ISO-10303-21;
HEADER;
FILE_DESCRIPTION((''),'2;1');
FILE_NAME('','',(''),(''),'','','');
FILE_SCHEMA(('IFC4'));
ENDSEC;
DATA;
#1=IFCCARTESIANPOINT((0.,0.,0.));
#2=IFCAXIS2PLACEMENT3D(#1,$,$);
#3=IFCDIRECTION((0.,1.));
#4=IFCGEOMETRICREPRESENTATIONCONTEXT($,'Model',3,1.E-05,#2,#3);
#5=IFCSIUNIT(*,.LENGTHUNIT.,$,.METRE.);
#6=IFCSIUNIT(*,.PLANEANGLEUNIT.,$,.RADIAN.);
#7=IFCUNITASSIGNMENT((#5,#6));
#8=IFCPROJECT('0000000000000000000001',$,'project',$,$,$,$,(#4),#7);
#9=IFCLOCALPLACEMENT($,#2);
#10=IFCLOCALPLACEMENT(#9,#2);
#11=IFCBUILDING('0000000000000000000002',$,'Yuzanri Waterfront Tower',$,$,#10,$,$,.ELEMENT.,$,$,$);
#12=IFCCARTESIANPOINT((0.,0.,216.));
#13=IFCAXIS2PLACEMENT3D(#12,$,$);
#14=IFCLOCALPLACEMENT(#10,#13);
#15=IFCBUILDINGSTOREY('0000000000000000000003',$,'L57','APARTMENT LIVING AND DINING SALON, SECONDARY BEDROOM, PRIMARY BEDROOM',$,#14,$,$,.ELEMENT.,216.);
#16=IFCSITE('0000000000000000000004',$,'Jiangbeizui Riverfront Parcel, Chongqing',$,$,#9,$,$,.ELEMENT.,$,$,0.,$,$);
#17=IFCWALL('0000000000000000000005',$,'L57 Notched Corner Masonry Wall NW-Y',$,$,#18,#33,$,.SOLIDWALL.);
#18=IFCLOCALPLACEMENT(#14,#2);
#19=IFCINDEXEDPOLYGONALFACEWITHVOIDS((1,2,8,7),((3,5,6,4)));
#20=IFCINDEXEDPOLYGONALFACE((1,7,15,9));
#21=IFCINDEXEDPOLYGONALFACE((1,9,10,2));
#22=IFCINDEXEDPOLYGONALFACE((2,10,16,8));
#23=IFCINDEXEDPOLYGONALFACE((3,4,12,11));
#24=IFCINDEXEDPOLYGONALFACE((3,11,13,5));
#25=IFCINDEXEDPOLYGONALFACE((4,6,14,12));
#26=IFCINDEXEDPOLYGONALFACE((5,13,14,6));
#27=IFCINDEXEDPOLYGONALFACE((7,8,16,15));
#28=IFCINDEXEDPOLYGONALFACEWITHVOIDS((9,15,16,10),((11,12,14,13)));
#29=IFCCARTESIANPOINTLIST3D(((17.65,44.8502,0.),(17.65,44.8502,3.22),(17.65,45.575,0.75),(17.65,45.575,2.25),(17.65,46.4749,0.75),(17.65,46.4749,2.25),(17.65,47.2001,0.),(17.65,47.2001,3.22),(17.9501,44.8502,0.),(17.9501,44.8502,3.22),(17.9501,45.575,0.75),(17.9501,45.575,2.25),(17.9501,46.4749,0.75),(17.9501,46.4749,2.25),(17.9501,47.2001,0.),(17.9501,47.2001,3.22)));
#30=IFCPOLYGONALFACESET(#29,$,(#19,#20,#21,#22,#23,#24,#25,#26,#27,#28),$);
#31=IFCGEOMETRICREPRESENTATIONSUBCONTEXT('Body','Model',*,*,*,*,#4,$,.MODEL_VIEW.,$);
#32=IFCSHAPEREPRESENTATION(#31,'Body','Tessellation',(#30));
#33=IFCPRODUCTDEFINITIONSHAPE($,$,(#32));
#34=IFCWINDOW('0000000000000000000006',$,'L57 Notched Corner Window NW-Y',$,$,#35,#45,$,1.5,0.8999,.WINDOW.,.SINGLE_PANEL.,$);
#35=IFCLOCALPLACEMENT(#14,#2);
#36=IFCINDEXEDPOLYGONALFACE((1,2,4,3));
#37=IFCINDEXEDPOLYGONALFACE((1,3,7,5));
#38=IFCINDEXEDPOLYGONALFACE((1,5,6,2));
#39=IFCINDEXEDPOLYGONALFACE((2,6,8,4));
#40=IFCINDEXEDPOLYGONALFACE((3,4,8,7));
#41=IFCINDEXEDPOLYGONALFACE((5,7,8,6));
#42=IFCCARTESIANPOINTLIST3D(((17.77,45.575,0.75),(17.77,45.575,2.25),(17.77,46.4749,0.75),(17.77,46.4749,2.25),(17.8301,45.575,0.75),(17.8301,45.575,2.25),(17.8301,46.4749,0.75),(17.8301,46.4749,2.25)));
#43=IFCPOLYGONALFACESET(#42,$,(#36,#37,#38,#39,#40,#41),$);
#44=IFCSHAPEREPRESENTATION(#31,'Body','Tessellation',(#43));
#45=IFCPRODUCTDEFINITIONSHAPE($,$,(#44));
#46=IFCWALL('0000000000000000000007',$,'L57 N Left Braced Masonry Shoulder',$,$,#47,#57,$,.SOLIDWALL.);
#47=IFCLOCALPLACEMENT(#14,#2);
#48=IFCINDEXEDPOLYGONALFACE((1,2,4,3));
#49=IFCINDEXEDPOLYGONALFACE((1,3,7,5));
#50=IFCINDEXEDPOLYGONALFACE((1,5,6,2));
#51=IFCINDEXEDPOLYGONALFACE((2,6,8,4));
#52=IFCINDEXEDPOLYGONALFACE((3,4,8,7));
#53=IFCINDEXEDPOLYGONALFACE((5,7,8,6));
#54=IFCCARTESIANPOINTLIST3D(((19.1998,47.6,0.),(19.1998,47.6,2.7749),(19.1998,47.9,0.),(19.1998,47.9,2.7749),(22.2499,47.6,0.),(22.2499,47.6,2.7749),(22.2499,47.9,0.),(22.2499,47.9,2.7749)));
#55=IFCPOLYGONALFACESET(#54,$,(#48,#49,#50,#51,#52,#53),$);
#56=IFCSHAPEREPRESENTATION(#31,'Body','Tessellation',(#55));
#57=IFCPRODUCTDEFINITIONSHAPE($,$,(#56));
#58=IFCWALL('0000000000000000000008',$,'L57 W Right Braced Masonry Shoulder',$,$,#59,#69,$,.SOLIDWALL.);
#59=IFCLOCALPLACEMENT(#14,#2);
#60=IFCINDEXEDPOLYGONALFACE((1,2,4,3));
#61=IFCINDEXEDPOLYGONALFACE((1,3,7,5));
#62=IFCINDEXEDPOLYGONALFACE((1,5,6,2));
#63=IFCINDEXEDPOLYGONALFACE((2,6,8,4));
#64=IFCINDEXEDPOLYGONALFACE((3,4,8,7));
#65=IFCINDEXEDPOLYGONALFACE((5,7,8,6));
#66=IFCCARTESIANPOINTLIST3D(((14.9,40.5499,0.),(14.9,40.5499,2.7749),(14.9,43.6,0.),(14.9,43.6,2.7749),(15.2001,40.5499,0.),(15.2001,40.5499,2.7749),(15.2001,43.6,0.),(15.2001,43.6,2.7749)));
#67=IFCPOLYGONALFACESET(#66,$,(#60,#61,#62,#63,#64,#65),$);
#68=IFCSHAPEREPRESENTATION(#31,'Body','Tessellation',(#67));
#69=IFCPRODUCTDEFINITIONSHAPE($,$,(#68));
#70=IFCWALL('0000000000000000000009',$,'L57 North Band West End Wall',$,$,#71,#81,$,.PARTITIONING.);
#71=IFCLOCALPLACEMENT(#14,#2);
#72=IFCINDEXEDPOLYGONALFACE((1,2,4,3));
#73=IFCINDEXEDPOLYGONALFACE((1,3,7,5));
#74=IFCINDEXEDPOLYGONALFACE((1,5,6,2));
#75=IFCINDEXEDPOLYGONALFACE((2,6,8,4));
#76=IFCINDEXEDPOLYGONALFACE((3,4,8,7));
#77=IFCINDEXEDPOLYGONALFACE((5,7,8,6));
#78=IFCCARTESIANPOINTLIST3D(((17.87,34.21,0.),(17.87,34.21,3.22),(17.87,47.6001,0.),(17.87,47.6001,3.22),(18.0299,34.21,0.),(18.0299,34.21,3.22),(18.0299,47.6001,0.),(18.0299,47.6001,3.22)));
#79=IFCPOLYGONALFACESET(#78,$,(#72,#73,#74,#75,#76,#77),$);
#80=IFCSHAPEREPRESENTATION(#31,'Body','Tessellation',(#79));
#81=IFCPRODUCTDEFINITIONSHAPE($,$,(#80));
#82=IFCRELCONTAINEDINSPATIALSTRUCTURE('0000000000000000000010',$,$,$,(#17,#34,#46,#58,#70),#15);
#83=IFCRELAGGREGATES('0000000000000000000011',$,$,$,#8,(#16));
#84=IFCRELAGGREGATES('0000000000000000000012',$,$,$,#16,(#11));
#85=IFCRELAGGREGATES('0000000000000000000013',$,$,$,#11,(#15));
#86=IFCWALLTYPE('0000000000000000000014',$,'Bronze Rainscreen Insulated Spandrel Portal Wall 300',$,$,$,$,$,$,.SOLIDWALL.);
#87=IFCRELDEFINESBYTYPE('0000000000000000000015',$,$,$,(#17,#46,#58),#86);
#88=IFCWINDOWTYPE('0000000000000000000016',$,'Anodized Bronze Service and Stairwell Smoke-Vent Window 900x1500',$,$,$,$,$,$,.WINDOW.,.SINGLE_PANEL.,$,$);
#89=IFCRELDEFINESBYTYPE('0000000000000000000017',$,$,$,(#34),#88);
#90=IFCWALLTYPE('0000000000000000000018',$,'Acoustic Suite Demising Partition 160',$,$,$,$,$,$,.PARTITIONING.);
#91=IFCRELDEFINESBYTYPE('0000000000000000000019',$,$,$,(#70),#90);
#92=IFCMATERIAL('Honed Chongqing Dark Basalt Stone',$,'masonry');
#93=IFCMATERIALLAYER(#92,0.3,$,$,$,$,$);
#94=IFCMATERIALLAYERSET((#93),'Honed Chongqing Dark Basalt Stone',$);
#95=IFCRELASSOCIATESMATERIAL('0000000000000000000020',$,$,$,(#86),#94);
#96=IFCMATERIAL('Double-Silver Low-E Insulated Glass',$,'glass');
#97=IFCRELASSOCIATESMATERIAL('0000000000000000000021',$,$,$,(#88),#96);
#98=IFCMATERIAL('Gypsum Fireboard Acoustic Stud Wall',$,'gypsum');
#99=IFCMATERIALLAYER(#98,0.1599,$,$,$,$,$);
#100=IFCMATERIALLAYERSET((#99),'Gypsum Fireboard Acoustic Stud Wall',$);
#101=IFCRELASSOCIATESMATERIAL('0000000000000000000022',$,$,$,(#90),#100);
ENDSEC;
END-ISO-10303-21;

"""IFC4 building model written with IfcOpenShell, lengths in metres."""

from ifc_helpers import new_model, si_unit, direction, frame, frame_2d, origin, place, context, subcontext, project, spatial, rectangle, extrude, source, transform, mapped, material, layer, layer_set, type_object, element, fill, save


model = new_model("IFC4")

# Units and contexts
model_context = context("Model", 3, precision=1e-05, world=origin(), true_north=direction((0.0, 1.0)))
body_context = subcontext(model_context, "Body", "Model", "MODEL_VIEW")
ifc_project = project(units=[si_unit("LENGTHUNIT", "METRE"), si_unit("PLANEANGLEUNIT", "RADIAN")], contexts=[model_context])

# Site, building, storey
site_placement = place(None, origin())
site = spatial("IfcSite", under=ifc_project, at=site_placement, Name="Jiangbeizui Riverfront Parcel, Chongqing", CompositionType="ELEMENT", RefElevation=0.0)
building_placement = place(site_placement, origin())
building = spatial("IfcBuilding", under=site, at=building_placement, Name="Yuzanri Waterfront Tower", CompositionType="ELEMENT")
storey_placement = place(building_placement, frame((0.0, 0.0, 216.0)))
storey = spatial("IfcBuildingStorey", under=building, at=storey_placement, Name="L57", Description="APARTMENT LIVING AND DINING SALON, SECONDARY BEDROOM, PRIMARY BEDROOM", CompositionType="ELEMENT", Elevation=216.0)

# Wall, opening, window
ifc_material_1 = material(Name="Honed Chongqing Dark Basalt Stone", Category="masonry")
ifc_layer_1 = layer(ifc_material_1, 0.3)
ifc_layer_set_1 = layer_set([ifc_layer_1], Name="Honed Chongqing Dark Basalt Stone")
wall_type_1 = type_object("IfcWallType", Name="Bronze Rainscreen Insulated Spandrel Portal Wall 300", PredefinedType="SOLIDWALL", material=ifc_layer_set_1)
ifc_material_2 = material(Name="Double-Silver Low-E Insulated Glass", Category="glass")
window_type = type_object("IfcWindowType", Name="Anodized Bronze Service and Stairwell Smoke-Vent Window 900x1500", PartitioningType="SINGLE_PANEL", PredefinedType="WINDOW", material=ifc_material_2)
shared_shape_1 = source(origin(), body_context, "Body", "SweptSolid", [
    extrude(rectangle(XDim=0.8999, YDim=1.5, at=frame_2d((0.45, 0.75))), frame((0.0, 0.03, 0.0), z_axis=(0.0, -1.0, 0.0), x_axis=(1.0, 0.0, 0.0)), (0.0, 0.0, 1.0), 0.0601),
])
wall_1_placement = place(storey_placement, frame((17.8, 47.2, 0.0), z_axis=(0.0, 0.0, 1.0), x_axis=(0.0, -1.0, 0.0)))
wall_1 = element("IfcWall", 1, at=wall_1_placement, inside=storey, type_object=wall_type_1, Name="L57 Notched Corner Masonry Wall NW-Y", PredefinedType="SOLIDWALL", context=body_context, shape_type="SweptSolid", body=[
    extrude(rectangle(XDim=2.3499, YDim=0.3, at=frame_2d((1.1748, 0.0))), origin(), (0.0, 0.0, 1.0), 3.22),
])
opening_1_placement = place(wall_1_placement, frame((0.7251, 0.0, 0.75)))
opening_1 = element("IfcOpeningElement", 2, at=opening_1_placement, cuts=wall_1, PredefinedType="OPENING", context=body_context, shape_type="SweptSolid", body=[
    extrude(rectangle(XDim=0.8999, YDim=1.5, at=frame_2d((0.45, 0.75))), frame((0.0, 0.165, 0.0), z_axis=(0.0, -1.0, 0.0), x_axis=(1.0, 0.0, 0.0)), (0.0, 0.0, 1.0), 0.3298),
])
window_1_placement = place(opening_1_placement, origin())
window_1 = element("IfcWindow", 3, at=window_1_placement, inside=storey, type_object=window_type, Name="L57 Notched Corner Window NW-Y", OverallHeight=1.5, OverallWidth=0.8999, PartitioningType="SINGLE_PANEL", PredefinedType="WINDOW", context=body_context, shape_type="MappedRepresentation", body=[
    mapped(shared_shape_1, transform((0.0, 0.0, 0.0), scale=1.0)),
])
fill(opening_1, window_1)

# Walls
shared_shape_2 = source(origin(), body_context, "Body", "SweptSolid", [
    extrude(rectangle(XDim=3.05, YDim=0.3, at=frame_2d((1.5249, 0.0))), origin(), (0.0, 0.0, 1.0), 2.7749),
])
for number, where, z_axis, x_axis, name in (
    (4, (19.2, 47.75, 0.0), (0.0, 0.0, 1.0), (1.0, 0.0, 0.0), "L57 N Left Braced Masonry Shoulder"),
    (5, (15.05, 40.55, 0.0), (0.0, 0.0, 1.0), (0.0, 1.0, 0.0), "L57 W Right Braced Masonry Shoulder"),
):
    element("IfcWall", number, at=place(storey_placement, frame(where, z_axis=z_axis, x_axis=x_axis)), inside=storey, type_object=wall_type_1, Name=name, PredefinedType="SOLIDWALL", context=body_context, shape_type="MappedRepresentation", body=[
        mapped(shared_shape_2, transform((0.0, 0.0, 0.0), scale=1.0)),
    ])
ifc_material_3 = material(Name="Gypsum Fireboard Acoustic Stud Wall", Category="gypsum")
ifc_layer_2 = layer(ifc_material_3, 0.1599)
ifc_layer_set_2 = layer_set([ifc_layer_2], Name="Gypsum Fireboard Acoustic Stud Wall")
wall_type_2 = type_object("IfcWallType", Name="Acoustic Suite Demising Partition 160", PredefinedType="PARTITIONING", material=ifc_layer_set_2)
shared_shape_3 = source(origin(), body_context, "Body", "SweptSolid", [
    extrude(rectangle(XDim=13.3901, YDim=0.1599, at=frame_2d((6.6951, 0.0))), origin(), (0.0, 0.0, 1.0), 3.22),
])
wall_2_placement = place(storey_placement, frame((17.95, 34.21, 0.0), z_axis=(0.0, 0.0, 1.0), x_axis=(0.0, 1.0, 0.0)))
element("IfcWall", 6, at=wall_2_placement, inside=storey, type_object=wall_type_2, Name="L57 North Band West End Wall", PredefinedType="PARTITIONING", context=body_context, shape_type="MappedRepresentation", body=[
    mapped(shared_shape_3, transform((0.0, 0.0, 0.0), scale=1.0)),
])

save(model, "model.ifc")
